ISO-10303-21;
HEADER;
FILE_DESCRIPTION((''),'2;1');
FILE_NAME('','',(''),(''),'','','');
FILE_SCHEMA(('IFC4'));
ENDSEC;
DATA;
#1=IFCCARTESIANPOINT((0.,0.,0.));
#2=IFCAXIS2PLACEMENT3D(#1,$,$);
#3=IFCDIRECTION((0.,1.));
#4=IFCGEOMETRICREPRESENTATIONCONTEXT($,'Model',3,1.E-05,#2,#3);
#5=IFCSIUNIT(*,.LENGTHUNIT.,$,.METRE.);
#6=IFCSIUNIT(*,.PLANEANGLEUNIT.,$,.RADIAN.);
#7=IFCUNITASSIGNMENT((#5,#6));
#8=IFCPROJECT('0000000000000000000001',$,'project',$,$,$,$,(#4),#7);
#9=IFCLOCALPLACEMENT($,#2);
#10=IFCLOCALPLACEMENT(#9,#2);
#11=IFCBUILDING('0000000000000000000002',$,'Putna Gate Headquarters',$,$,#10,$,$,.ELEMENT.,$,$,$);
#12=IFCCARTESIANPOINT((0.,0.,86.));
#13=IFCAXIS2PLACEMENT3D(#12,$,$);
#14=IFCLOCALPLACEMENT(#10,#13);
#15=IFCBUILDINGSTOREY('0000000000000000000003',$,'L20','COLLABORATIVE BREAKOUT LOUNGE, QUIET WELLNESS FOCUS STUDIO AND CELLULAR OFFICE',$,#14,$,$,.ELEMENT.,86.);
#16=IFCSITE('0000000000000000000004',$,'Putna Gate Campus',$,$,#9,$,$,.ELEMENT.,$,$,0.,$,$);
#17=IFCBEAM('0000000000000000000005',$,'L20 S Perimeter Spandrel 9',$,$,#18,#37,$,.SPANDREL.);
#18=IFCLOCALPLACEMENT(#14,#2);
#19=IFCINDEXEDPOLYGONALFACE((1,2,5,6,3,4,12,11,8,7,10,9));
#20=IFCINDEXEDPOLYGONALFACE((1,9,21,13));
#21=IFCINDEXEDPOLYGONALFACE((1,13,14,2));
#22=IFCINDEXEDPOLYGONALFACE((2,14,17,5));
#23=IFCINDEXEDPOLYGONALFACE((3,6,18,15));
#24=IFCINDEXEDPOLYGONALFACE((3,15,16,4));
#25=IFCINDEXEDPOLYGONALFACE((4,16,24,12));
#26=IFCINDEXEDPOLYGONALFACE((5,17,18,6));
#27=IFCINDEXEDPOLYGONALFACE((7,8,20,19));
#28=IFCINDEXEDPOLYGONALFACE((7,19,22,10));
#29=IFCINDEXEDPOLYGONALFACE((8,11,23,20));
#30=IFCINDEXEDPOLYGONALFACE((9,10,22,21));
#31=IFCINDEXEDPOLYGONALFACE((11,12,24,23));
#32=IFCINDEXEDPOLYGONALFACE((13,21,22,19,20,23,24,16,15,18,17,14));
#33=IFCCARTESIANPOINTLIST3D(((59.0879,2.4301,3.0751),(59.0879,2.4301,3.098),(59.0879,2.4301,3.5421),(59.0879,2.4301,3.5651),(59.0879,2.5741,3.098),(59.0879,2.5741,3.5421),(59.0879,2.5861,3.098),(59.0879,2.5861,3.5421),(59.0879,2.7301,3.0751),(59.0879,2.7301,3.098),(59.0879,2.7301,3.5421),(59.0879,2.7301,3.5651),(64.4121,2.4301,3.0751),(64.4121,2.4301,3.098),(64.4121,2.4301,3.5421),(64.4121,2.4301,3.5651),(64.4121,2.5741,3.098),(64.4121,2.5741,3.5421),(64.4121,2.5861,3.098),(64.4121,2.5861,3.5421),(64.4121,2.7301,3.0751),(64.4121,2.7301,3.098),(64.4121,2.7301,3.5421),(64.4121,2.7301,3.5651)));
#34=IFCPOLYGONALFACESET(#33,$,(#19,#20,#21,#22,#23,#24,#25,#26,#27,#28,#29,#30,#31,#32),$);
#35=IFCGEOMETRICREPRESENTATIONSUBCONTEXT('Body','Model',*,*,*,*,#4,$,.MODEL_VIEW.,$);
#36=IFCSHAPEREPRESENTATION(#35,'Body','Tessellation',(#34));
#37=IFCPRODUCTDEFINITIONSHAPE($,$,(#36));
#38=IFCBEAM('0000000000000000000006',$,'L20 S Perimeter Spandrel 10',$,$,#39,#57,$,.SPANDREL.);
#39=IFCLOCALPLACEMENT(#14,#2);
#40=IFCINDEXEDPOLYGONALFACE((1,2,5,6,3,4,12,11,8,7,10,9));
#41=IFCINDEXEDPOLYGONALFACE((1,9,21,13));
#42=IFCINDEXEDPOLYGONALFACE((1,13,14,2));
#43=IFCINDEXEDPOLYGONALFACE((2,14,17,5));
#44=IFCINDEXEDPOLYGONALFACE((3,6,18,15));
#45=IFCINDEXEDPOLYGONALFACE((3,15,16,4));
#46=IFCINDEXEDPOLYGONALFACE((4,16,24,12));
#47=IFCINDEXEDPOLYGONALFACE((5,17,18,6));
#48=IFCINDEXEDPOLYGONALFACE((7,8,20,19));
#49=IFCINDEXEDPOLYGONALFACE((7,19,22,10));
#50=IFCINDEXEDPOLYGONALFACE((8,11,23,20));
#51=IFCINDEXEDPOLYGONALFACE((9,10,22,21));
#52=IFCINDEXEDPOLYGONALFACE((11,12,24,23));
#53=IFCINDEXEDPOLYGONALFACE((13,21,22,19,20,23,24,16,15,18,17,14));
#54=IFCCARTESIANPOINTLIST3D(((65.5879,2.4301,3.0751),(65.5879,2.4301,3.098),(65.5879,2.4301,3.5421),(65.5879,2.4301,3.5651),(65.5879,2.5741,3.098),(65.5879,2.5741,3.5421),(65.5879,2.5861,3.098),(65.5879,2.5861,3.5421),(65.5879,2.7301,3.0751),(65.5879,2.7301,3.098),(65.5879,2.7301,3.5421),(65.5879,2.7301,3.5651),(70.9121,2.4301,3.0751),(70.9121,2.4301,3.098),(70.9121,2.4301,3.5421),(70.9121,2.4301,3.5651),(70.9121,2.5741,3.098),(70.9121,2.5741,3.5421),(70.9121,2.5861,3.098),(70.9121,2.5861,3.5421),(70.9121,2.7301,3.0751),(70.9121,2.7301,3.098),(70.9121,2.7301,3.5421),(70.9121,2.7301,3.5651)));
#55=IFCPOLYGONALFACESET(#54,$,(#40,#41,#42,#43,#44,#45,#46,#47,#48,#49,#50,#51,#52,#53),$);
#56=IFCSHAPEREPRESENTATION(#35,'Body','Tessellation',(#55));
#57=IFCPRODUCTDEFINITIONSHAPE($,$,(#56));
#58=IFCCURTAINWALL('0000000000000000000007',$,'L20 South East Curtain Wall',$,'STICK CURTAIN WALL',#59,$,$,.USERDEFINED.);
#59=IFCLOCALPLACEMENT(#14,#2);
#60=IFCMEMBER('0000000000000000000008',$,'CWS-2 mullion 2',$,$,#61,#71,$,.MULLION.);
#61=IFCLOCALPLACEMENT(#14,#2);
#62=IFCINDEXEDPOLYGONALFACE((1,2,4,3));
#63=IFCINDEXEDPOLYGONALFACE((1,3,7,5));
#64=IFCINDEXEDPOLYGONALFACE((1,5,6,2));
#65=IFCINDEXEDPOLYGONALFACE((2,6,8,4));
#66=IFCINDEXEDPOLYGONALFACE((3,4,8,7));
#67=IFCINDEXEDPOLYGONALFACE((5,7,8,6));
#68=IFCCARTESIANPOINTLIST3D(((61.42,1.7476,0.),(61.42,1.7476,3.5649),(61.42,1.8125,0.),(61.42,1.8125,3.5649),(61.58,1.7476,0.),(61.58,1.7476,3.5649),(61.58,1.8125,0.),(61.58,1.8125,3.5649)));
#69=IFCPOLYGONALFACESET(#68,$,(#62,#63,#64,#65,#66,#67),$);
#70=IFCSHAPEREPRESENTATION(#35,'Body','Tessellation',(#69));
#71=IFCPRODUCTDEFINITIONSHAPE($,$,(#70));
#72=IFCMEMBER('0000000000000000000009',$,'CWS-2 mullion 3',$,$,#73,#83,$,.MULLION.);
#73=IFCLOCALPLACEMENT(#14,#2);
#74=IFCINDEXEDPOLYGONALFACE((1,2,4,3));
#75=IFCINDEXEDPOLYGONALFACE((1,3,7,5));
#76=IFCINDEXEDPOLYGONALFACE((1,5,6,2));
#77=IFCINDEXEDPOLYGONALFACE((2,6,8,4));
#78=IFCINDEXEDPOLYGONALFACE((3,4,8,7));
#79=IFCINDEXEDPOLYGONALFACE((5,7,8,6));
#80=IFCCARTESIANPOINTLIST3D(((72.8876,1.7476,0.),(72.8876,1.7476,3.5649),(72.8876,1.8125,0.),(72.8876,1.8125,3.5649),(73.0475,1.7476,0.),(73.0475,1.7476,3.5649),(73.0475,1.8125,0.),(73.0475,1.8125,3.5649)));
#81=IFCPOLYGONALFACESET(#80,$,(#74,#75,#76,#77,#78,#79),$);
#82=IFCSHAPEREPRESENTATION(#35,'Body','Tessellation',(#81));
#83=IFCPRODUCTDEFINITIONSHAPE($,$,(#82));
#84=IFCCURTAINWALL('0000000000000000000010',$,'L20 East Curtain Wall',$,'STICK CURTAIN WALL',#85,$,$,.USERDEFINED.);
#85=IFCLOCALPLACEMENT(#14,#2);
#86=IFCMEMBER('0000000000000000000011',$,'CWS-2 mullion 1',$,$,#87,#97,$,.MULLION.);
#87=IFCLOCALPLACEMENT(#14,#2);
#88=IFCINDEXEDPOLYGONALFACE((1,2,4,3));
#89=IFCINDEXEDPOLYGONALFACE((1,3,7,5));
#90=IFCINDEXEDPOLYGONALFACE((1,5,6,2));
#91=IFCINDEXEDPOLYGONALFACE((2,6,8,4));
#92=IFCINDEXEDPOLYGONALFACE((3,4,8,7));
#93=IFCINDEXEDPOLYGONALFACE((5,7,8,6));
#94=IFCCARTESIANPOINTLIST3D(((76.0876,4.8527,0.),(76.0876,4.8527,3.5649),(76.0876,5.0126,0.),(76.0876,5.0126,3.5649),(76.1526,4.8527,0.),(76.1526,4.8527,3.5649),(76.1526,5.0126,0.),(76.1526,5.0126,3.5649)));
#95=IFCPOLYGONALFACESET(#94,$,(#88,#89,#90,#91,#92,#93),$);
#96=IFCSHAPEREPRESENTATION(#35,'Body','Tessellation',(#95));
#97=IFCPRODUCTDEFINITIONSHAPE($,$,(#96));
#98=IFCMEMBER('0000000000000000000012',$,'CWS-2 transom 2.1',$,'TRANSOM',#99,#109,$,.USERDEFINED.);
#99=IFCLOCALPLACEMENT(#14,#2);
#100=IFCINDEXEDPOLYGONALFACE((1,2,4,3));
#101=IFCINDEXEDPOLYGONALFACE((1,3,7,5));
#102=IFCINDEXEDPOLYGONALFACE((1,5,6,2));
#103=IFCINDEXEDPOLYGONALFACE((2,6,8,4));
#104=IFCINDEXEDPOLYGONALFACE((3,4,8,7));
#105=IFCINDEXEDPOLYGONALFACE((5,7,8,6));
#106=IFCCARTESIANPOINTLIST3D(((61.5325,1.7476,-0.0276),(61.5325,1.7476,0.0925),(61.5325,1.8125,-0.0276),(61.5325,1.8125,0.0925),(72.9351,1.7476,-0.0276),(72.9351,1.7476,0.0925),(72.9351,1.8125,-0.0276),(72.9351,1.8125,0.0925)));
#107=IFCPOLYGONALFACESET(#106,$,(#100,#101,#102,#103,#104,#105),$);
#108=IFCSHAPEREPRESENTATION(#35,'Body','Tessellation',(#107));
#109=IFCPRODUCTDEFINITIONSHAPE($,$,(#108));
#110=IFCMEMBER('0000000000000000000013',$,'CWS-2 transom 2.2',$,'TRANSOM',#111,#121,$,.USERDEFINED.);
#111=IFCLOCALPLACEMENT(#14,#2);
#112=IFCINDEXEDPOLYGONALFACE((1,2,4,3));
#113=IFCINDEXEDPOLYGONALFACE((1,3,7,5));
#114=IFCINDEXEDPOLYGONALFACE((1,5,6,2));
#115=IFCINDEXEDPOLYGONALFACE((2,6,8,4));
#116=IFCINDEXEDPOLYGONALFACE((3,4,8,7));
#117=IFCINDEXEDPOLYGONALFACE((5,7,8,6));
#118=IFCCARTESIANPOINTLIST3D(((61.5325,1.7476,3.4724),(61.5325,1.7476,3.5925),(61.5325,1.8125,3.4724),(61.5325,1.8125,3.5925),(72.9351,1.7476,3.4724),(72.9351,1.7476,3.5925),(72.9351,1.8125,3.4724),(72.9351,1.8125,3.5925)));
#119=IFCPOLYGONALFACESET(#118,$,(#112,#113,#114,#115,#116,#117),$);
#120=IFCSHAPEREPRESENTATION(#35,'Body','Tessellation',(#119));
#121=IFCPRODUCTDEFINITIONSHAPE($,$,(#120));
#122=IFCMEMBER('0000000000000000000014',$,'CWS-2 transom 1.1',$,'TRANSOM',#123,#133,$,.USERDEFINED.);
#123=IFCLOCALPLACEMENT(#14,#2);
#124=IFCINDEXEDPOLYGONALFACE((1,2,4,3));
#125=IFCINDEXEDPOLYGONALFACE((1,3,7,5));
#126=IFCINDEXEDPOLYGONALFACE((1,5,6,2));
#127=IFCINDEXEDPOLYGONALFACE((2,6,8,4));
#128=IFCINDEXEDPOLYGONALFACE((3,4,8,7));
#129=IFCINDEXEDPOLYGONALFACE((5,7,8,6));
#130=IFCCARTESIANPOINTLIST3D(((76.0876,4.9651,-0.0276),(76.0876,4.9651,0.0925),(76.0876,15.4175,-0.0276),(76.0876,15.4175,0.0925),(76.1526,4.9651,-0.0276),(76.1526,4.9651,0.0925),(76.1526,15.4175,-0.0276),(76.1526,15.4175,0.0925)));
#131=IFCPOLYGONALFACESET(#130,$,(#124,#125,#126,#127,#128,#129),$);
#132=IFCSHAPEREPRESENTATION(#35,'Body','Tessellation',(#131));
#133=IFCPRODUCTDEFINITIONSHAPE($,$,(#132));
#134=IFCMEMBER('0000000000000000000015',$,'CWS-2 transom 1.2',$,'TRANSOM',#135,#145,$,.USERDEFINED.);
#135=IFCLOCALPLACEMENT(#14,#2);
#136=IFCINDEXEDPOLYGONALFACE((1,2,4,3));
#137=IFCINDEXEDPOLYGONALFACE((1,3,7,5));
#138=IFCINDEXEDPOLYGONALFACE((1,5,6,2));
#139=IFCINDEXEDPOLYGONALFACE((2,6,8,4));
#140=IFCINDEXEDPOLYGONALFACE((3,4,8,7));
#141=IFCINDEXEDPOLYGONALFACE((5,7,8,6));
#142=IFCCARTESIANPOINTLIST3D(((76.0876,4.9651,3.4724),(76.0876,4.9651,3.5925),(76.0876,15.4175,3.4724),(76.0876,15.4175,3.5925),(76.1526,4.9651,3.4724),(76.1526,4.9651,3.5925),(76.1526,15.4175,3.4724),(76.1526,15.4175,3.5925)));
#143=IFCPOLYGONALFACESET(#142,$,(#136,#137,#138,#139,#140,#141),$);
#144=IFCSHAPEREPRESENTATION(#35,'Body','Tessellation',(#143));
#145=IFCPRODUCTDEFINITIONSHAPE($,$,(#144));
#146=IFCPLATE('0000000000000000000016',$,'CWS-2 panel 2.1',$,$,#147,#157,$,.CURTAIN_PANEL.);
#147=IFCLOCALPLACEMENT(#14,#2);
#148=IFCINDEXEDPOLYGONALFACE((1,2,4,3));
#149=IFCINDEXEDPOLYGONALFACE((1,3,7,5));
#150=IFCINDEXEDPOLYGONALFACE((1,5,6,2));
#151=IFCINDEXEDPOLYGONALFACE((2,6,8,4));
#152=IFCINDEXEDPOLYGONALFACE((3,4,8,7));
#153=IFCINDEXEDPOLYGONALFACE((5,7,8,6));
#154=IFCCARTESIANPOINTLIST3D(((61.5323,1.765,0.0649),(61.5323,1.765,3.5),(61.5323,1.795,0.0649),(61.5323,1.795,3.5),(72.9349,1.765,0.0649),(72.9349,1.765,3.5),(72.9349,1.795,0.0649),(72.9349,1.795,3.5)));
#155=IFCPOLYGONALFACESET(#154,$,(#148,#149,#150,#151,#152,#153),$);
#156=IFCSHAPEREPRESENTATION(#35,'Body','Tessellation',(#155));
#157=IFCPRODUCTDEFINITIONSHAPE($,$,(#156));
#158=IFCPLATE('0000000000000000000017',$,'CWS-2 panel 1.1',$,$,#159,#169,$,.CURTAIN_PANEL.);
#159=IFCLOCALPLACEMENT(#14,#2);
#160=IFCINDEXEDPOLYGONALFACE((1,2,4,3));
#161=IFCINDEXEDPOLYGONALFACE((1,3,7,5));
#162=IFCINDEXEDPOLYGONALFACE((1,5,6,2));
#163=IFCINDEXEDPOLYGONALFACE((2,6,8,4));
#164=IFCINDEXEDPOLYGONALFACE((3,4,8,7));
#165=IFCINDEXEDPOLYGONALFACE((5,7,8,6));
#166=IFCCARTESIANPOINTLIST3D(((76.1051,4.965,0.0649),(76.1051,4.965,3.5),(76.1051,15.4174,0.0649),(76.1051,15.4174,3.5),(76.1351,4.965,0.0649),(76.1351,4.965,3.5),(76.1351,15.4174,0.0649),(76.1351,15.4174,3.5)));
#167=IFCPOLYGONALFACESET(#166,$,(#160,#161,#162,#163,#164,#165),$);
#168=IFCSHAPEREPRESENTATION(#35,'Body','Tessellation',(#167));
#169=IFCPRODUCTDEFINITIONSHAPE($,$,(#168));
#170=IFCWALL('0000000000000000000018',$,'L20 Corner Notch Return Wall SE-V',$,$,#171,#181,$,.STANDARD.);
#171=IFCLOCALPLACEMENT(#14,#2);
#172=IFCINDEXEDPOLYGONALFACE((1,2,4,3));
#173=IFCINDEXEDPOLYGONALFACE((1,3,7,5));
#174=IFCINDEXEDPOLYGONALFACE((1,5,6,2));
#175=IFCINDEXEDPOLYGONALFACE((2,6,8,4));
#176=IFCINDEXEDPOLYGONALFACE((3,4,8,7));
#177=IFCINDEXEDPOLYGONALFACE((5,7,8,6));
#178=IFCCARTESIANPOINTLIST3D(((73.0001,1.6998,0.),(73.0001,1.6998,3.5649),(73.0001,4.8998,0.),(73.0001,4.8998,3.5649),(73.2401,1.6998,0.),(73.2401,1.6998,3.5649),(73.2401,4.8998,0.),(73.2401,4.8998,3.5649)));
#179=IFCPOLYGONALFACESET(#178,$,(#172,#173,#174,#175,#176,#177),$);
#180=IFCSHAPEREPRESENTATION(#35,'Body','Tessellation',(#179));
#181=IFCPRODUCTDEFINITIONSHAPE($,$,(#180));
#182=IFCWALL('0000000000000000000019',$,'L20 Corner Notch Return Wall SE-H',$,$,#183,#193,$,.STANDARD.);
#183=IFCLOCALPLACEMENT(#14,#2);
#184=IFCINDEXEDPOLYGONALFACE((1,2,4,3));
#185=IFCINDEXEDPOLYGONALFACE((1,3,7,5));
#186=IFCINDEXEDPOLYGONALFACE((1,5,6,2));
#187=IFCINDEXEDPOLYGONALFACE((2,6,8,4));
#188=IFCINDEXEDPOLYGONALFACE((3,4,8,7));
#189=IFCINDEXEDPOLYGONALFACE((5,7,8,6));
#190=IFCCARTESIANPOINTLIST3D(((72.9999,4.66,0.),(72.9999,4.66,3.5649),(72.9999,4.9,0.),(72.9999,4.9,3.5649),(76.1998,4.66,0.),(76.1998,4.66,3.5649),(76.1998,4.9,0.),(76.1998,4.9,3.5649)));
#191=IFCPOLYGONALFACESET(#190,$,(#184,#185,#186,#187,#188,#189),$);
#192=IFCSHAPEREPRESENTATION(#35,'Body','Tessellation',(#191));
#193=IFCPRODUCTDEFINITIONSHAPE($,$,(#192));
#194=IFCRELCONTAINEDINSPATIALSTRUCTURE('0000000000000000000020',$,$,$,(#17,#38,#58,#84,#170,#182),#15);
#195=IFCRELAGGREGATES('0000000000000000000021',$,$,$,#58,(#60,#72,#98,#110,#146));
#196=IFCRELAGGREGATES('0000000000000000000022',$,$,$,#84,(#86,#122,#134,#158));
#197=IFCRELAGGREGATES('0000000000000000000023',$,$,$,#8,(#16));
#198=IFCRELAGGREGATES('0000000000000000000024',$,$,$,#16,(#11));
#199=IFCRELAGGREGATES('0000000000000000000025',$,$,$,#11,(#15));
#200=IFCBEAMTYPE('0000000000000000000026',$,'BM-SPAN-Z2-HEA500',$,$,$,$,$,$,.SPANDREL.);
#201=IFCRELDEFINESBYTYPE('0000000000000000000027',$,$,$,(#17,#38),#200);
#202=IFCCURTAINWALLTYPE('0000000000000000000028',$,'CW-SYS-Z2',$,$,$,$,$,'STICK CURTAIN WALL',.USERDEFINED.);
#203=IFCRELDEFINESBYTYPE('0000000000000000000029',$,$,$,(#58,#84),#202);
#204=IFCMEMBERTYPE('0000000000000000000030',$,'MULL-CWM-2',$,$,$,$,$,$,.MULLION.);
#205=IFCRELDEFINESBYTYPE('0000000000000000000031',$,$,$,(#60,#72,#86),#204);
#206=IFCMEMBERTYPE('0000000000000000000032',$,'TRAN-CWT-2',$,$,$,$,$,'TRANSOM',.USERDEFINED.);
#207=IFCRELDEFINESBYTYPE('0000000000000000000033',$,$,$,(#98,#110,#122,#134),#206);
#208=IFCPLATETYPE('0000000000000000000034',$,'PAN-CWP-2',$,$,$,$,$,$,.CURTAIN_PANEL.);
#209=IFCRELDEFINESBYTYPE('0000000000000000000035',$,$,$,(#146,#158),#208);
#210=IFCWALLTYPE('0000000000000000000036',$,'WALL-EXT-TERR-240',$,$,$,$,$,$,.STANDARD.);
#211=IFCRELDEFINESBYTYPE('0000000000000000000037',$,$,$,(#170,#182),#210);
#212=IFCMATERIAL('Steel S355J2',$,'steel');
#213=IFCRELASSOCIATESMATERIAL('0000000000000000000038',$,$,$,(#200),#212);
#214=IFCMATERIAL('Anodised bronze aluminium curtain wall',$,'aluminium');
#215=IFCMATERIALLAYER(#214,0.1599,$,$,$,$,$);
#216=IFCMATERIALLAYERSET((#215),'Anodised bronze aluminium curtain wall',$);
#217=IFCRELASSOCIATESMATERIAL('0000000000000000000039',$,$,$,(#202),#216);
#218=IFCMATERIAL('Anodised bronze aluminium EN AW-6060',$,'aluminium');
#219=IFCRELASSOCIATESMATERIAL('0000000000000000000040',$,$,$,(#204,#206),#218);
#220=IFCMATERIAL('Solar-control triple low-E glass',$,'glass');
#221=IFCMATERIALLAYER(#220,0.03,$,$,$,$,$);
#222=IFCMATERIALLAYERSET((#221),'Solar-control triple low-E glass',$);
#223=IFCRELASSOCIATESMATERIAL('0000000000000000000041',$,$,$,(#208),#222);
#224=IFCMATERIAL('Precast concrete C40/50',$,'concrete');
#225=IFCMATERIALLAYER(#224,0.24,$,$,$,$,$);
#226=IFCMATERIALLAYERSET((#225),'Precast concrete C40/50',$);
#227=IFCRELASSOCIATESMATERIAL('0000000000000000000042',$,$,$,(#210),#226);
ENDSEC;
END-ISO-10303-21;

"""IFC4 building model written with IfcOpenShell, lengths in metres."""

from ifc_helpers import new_model, si_unit, direction, frame, frame_2d, origin, origin_2d, place, context, subcontext, project, spatial, rectangle, i_section, extrude, material, layer, layer_set, material_profile, profile_set, type_object, element, aggregate, save


model = new_model("IFC4")

# Units and contexts
model_context = context("Model", 3, precision=1e-05, world=origin(), true_north=direction((0.0, 1.0)))
body_context = subcontext(model_context, "Body", "Model", "MODEL_VIEW")
ifc_project = project(units=[si_unit("LENGTHUNIT", "METRE"), si_unit("PLANEANGLEUNIT", "RADIAN")], contexts=[model_context])

# Site, building, storey
site_placement = place(None, origin())
site = spatial("IfcSite", under=ifc_project, at=site_placement, Name="Putna Gate Campus", CompositionType="ELEMENT", RefElevation=0.0)
building_placement = place(site_placement, origin())
building = spatial("IfcBuilding", under=site, at=building_placement, Name="Putna Gate Headquarters", CompositionType="ELEMENT")
storey_placement = place(building_placement, frame((0.0, 0.0, 86.0)))
storey = spatial("IfcBuildingStorey", under=building, at=storey_placement, Name="L20", Description="COLLABORATIVE BREAKOUT LOUNGE, QUIET WELLNESS FOCUS STUDIO AND CELLULAR OFFICE", CompositionType="ELEMENT", Elevation=86.0)

# Beams
ifc_material_1 = material(Name="Steel S355J2", Category="steel")
ifc_material_profile_1 = material_profile(ifc_material_1, i_section(OverallWidth=0.3, OverallDepth=0.49, WebThickness=0.012, FlangeThickness=0.0229, at=origin_2d()), Name="Steel S355J2")
ifc_profile_set_1 = profile_set([ifc_material_profile_1], Name="Steel S355J2")
beam_type_1 = type_object("IfcBeamType", Name="BM-SPAN-Z2-HEA500", PredefinedType="SPANDREL", material=ifc_profile_set_1)
for number, where, z_axis, x_axis, name in (
    (1, (59.0879, 2.5801, 3.3201), (1.0, 0.0, 0.0), (0.0, 1.0, 0.0), "L20 S Perimeter Spandrel 9"),
    (2, (65.5879, 2.5801, 3.3201), (1.0, 0.0, 0.0), (0.0, 1.0, 0.0), "L20 S Perimeter Spandrel 10"),
):
    element("IfcBeam", number, at=place(storey_placement, frame(where, z_axis=z_axis, x_axis=x_axis)), inside=storey, type_object=beam_type_1, Name=name, PredefinedType="SPANDREL", context=body_context, shape_type="SweptSolid", body=[
        extrude(i_section(OverallWidth=0.3, OverallDepth=0.49, WebThickness=0.012, FlangeThickness=0.0229, at=origin_2d()), origin(), (0.0, 0.0, 1.0), 5.3242),
    ])

# Curtain wall, members
ifc_material_2 = material(Name="Anodised bronze aluminium curtain wall", Category="aluminium")
ifc_layer_1 = layer(ifc_material_2, 0.1599)
ifc_layer_set_1 = layer_set([ifc_layer_1], Name="Anodised bronze aluminium curtain wall")
curtain_wall_type = type_object("IfcCurtainWallType", Name="CW-SYS-Z2", ElementType="STICK CURTAIN WALL", PredefinedType="USERDEFINED", material=ifc_layer_set_1)
curtain_wall_1_placement = place(storey_placement, origin())
curtain_wall_1 = element("IfcCurtainWall", 3, at=curtain_wall_1_placement, inside=storey, type_object=curtain_wall_type, Name="L20 South East Curtain Wall", ObjectType="STICK CURTAIN WALL", PredefinedType="USERDEFINED")
ifc_material_3 = material(Name="Anodised bronze aluminium EN AW-6060", Category="aluminium")
ifc_material_profile_2 = material_profile(ifc_material_3, rectangle(XDim=0.0649, YDim=0.1599, at=origin_2d()), Name="Anodised bronze aluminium EN AW-6060")
ifc_profile_set_2 = profile_set([ifc_material_profile_2], Name="Anodised bronze aluminium EN AW-6060")
member_type_1 = type_object("IfcMemberType", Name="MULL-CWM-2", PredefinedType="MULLION", material=ifc_profile_set_2)
member_1_placement = place(storey_placement, frame((61.5, 1.78, 0.0), z_axis=(0.0, 0.0, 1.0), x_axis=(0.0, 1.0, 0.0)))
member_1 = element("IfcMember", 4, at=member_1_placement, type_object=member_type_1, Name="CWS-2 mullion 2", PredefinedType="MULLION", context=body_context, shape_type="SweptSolid", body=[
    extrude(rectangle(XDim=0.0649, YDim=0.1599, at=origin_2d()), origin(), (0.0, 0.0, 1.0), 3.5649),
])
member_2_placement = place(storey_placement, frame((72.9675, 1.78, 0.0), z_axis=(0.0, 0.0, 1.0), x_axis=(0.0, 1.0, 0.0)))
member_2 = element("IfcMember", 5, at=member_2_placement, type_object=member_type_1, Name="CWS-2 mullion 3", PredefinedType="MULLION", context=body_context, shape_type="SweptSolid", body=[
    extrude(rectangle(XDim=0.0649, YDim=0.1599, at=origin_2d()), origin(), (0.0, 0.0, 1.0), 3.5649),
])

# Curtain wall, member
curtain_wall_2_placement = place(storey_placement, origin())
curtain_wall_2 = element("IfcCurtainWall", 6, at=curtain_wall_2_placement, inside=storey, type_object=curtain_wall_type, Name="L20 East Curtain Wall", ObjectType="STICK CURTAIN WALL", PredefinedType="USERDEFINED")
member_3_placement = place(storey_placement, frame((76.1201, 4.9326, 0.0), z_axis=(0.0, 0.0, 1.0), x_axis=(-1.0, 0.0, 0.0)))
member_3 = element("IfcMember", 7, at=member_3_placement, type_object=member_type_1, Name="CWS-2 mullion 1", PredefinedType="MULLION", context=body_context, shape_type="SweptSolid", body=[
    extrude(rectangle(XDim=0.0649, YDim=0.1599, at=origin_2d()), origin(), (0.0, 0.0, 1.0), 3.5649),
])

# Members
ifc_material_profile_3 = material_profile(ifc_material_3, rectangle(XDim=0.0649, YDim=0.1201, at=origin_2d()), Name="Anodised bronze aluminium EN AW-6060")
ifc_profile_set_3 = profile_set([ifc_material_profile_3], Name="Anodised bronze aluminium EN AW-6060")
member_type_2 = type_object("IfcMemberType", Name="TRAN-CWT-2", ElementType="TRANSOM", PredefinedType="USERDEFINED", material=ifc_profile_set_3)
member_4_placement = place(storey_placement, frame((61.5325, 1.78, 0.0325), z_axis=(1.0, 0.0, 0.0), x_axis=(0.0, 1.0, 0.0)))
member_4 = element("IfcMember", 8, at=member_4_placement, type_object=member_type_2, Name="CWS-2 transom 2.1", ObjectType="TRANSOM", PredefinedType="USERDEFINED", context=body_context, shape_type="SweptSolid", body=[
    extrude(rectangle(XDim=0.0649, YDim=0.1201, at=origin_2d()), origin(), (0.0, 0.0, 1.0), 11.4026),
])
member_5_placement = place(storey_placement, frame((61.5325, 1.78, 3.5325), z_axis=(1.0, 0.0, 0.0), x_axis=(0.0, 1.0, 0.0)))
member_5 = element("IfcMember", 9, at=member_5_placement, type_object=member_type_2, Name="CWS-2 transom 2.2", ObjectType="TRANSOM", PredefinedType="USERDEFINED", context=body_context, shape_type="SweptSolid", body=[
    extrude(rectangle(XDim=0.0649, YDim=0.1201, at=origin_2d()), origin(), (0.0, 0.0, 1.0), 11.4026),
])
member_6_placement = place(storey_placement, frame((76.1201, 4.9651, 0.0325), z_axis=(0.0, 1.0, 0.0), x_axis=(-1.0, 0.0, 0.0)))
member_6 = element("IfcMember", 10, at=member_6_placement, type_object=member_type_2, Name="CWS-2 transom 1.1", ObjectType="TRANSOM", PredefinedType="USERDEFINED", context=body_context, shape_type="SweptSolid", body=[
    extrude(rectangle(XDim=0.0649, YDim=0.1201, at=origin_2d()), origin(), (0.0, 0.0, 1.0), 10.4524),
])
member_7_placement = place(storey_placement, frame((76.1201, 4.9651, 3.5325), z_axis=(0.0, 1.0, 0.0), x_axis=(-1.0, 0.0, 0.0)))
member_7 = element("IfcMember", 11, at=member_7_placement, type_object=member_type_2, Name="CWS-2 transom 1.2", ObjectType="TRANSOM", PredefinedType="USERDEFINED", context=body_context, shape_type="SweptSolid", body=[
    extrude(rectangle(XDim=0.0649, YDim=0.1201, at=origin_2d()), origin(), (0.0, 0.0, 1.0), 10.4524),
])

# Plates
ifc_material_4 = material(Name="Solar-control triple low-E glass", Category="glass")
ifc_layer_2 = layer(ifc_material_4, 0.03)
ifc_layer_set_2 = layer_set([ifc_layer_2], Name="Solar-control triple low-E glass")
plate_type = type_object("IfcPlateType", Name="PAN-CWP-2", PredefinedType="CURTAIN_PANEL", material=ifc_layer_set_2)
plate_1_placement = place(storey_placement, frame((67.2336, 1.78, 0.0649), z_axis=(0.0, 0.0, 1.0), x_axis=(1.0, 0.0, 0.0)))
plate_1 = element("IfcPlate", 12, at=plate_1_placement, type_object=plate_type, Name="CWS-2 panel 2.1", PredefinedType="CURTAIN_PANEL", context=body_context, shape_type="SweptSolid", body=[
    extrude(rectangle(XDim=11.4026, YDim=0.03, at=origin_2d()), origin(), (0.0, 0.0, 1.0), 3.4351),
])
aggregate(curtain_wall_1, [member_1, member_2, member_4, member_5, plate_1])
plate_2_placement = place(storey_placement, frame((76.1201, 10.1912, 0.0649), z_axis=(0.0, 0.0, 1.0), x_axis=(0.0, 1.0, 0.0)))
plate_2 = element("IfcPlate", 13, at=plate_2_placement, type_object=plate_type, Name="CWS-2 panel 1.1", PredefinedType="CURTAIN_PANEL", context=body_context, shape_type="SweptSolid", body=[
    extrude(rectangle(XDim=10.4524, YDim=0.03, at=origin_2d()), origin(), (0.0, 0.0, 1.0), 3.4351),
])
aggregate(curtain_wall_2, [member_3, member_6, member_7, plate_2])

# Walls
ifc_material_5 = material(Name="Precast concrete C40/50", Category="concrete")
ifc_layer_3 = layer(ifc_material_5, 0.24)
ifc_layer_set_3 = layer_set([ifc_layer_3], Name="Precast concrete C40/50")
wall_type = type_object("IfcWallType", Name="WALL-EXT-TERR-240", PredefinedType="STANDARD", material=ifc_layer_set_3)
for number, where, z_axis, x_axis, name in (
    (14, (73.1201, 4.8999, 0.0), (0.0, 0.0, 1.0), (0.0, -1.0, 0.0), "L20 Corner Notch Return Wall SE-V"),
    (15, (76.2, 4.78, 0.0), (0.0, 0.0, 1.0), (-1.0, 0.0, 0.0), "L20 Corner Notch Return Wall SE-H"),
):
    element("IfcWall", number, at=place(storey_placement, frame(where, z_axis=z_axis, x_axis=x_axis)), inside=storey, type_object=wall_type, Name=name, PredefinedType="STANDARD", context=body_context, shape_type="SweptSolid", body=[
        extrude(rectangle(XDim=3.2, YDim=0.24, at=frame_2d((1.6001, 0.0))), origin(), (0.0, 0.0, 1.0), 3.5649),
    ])

save(model, "model.ifc")
